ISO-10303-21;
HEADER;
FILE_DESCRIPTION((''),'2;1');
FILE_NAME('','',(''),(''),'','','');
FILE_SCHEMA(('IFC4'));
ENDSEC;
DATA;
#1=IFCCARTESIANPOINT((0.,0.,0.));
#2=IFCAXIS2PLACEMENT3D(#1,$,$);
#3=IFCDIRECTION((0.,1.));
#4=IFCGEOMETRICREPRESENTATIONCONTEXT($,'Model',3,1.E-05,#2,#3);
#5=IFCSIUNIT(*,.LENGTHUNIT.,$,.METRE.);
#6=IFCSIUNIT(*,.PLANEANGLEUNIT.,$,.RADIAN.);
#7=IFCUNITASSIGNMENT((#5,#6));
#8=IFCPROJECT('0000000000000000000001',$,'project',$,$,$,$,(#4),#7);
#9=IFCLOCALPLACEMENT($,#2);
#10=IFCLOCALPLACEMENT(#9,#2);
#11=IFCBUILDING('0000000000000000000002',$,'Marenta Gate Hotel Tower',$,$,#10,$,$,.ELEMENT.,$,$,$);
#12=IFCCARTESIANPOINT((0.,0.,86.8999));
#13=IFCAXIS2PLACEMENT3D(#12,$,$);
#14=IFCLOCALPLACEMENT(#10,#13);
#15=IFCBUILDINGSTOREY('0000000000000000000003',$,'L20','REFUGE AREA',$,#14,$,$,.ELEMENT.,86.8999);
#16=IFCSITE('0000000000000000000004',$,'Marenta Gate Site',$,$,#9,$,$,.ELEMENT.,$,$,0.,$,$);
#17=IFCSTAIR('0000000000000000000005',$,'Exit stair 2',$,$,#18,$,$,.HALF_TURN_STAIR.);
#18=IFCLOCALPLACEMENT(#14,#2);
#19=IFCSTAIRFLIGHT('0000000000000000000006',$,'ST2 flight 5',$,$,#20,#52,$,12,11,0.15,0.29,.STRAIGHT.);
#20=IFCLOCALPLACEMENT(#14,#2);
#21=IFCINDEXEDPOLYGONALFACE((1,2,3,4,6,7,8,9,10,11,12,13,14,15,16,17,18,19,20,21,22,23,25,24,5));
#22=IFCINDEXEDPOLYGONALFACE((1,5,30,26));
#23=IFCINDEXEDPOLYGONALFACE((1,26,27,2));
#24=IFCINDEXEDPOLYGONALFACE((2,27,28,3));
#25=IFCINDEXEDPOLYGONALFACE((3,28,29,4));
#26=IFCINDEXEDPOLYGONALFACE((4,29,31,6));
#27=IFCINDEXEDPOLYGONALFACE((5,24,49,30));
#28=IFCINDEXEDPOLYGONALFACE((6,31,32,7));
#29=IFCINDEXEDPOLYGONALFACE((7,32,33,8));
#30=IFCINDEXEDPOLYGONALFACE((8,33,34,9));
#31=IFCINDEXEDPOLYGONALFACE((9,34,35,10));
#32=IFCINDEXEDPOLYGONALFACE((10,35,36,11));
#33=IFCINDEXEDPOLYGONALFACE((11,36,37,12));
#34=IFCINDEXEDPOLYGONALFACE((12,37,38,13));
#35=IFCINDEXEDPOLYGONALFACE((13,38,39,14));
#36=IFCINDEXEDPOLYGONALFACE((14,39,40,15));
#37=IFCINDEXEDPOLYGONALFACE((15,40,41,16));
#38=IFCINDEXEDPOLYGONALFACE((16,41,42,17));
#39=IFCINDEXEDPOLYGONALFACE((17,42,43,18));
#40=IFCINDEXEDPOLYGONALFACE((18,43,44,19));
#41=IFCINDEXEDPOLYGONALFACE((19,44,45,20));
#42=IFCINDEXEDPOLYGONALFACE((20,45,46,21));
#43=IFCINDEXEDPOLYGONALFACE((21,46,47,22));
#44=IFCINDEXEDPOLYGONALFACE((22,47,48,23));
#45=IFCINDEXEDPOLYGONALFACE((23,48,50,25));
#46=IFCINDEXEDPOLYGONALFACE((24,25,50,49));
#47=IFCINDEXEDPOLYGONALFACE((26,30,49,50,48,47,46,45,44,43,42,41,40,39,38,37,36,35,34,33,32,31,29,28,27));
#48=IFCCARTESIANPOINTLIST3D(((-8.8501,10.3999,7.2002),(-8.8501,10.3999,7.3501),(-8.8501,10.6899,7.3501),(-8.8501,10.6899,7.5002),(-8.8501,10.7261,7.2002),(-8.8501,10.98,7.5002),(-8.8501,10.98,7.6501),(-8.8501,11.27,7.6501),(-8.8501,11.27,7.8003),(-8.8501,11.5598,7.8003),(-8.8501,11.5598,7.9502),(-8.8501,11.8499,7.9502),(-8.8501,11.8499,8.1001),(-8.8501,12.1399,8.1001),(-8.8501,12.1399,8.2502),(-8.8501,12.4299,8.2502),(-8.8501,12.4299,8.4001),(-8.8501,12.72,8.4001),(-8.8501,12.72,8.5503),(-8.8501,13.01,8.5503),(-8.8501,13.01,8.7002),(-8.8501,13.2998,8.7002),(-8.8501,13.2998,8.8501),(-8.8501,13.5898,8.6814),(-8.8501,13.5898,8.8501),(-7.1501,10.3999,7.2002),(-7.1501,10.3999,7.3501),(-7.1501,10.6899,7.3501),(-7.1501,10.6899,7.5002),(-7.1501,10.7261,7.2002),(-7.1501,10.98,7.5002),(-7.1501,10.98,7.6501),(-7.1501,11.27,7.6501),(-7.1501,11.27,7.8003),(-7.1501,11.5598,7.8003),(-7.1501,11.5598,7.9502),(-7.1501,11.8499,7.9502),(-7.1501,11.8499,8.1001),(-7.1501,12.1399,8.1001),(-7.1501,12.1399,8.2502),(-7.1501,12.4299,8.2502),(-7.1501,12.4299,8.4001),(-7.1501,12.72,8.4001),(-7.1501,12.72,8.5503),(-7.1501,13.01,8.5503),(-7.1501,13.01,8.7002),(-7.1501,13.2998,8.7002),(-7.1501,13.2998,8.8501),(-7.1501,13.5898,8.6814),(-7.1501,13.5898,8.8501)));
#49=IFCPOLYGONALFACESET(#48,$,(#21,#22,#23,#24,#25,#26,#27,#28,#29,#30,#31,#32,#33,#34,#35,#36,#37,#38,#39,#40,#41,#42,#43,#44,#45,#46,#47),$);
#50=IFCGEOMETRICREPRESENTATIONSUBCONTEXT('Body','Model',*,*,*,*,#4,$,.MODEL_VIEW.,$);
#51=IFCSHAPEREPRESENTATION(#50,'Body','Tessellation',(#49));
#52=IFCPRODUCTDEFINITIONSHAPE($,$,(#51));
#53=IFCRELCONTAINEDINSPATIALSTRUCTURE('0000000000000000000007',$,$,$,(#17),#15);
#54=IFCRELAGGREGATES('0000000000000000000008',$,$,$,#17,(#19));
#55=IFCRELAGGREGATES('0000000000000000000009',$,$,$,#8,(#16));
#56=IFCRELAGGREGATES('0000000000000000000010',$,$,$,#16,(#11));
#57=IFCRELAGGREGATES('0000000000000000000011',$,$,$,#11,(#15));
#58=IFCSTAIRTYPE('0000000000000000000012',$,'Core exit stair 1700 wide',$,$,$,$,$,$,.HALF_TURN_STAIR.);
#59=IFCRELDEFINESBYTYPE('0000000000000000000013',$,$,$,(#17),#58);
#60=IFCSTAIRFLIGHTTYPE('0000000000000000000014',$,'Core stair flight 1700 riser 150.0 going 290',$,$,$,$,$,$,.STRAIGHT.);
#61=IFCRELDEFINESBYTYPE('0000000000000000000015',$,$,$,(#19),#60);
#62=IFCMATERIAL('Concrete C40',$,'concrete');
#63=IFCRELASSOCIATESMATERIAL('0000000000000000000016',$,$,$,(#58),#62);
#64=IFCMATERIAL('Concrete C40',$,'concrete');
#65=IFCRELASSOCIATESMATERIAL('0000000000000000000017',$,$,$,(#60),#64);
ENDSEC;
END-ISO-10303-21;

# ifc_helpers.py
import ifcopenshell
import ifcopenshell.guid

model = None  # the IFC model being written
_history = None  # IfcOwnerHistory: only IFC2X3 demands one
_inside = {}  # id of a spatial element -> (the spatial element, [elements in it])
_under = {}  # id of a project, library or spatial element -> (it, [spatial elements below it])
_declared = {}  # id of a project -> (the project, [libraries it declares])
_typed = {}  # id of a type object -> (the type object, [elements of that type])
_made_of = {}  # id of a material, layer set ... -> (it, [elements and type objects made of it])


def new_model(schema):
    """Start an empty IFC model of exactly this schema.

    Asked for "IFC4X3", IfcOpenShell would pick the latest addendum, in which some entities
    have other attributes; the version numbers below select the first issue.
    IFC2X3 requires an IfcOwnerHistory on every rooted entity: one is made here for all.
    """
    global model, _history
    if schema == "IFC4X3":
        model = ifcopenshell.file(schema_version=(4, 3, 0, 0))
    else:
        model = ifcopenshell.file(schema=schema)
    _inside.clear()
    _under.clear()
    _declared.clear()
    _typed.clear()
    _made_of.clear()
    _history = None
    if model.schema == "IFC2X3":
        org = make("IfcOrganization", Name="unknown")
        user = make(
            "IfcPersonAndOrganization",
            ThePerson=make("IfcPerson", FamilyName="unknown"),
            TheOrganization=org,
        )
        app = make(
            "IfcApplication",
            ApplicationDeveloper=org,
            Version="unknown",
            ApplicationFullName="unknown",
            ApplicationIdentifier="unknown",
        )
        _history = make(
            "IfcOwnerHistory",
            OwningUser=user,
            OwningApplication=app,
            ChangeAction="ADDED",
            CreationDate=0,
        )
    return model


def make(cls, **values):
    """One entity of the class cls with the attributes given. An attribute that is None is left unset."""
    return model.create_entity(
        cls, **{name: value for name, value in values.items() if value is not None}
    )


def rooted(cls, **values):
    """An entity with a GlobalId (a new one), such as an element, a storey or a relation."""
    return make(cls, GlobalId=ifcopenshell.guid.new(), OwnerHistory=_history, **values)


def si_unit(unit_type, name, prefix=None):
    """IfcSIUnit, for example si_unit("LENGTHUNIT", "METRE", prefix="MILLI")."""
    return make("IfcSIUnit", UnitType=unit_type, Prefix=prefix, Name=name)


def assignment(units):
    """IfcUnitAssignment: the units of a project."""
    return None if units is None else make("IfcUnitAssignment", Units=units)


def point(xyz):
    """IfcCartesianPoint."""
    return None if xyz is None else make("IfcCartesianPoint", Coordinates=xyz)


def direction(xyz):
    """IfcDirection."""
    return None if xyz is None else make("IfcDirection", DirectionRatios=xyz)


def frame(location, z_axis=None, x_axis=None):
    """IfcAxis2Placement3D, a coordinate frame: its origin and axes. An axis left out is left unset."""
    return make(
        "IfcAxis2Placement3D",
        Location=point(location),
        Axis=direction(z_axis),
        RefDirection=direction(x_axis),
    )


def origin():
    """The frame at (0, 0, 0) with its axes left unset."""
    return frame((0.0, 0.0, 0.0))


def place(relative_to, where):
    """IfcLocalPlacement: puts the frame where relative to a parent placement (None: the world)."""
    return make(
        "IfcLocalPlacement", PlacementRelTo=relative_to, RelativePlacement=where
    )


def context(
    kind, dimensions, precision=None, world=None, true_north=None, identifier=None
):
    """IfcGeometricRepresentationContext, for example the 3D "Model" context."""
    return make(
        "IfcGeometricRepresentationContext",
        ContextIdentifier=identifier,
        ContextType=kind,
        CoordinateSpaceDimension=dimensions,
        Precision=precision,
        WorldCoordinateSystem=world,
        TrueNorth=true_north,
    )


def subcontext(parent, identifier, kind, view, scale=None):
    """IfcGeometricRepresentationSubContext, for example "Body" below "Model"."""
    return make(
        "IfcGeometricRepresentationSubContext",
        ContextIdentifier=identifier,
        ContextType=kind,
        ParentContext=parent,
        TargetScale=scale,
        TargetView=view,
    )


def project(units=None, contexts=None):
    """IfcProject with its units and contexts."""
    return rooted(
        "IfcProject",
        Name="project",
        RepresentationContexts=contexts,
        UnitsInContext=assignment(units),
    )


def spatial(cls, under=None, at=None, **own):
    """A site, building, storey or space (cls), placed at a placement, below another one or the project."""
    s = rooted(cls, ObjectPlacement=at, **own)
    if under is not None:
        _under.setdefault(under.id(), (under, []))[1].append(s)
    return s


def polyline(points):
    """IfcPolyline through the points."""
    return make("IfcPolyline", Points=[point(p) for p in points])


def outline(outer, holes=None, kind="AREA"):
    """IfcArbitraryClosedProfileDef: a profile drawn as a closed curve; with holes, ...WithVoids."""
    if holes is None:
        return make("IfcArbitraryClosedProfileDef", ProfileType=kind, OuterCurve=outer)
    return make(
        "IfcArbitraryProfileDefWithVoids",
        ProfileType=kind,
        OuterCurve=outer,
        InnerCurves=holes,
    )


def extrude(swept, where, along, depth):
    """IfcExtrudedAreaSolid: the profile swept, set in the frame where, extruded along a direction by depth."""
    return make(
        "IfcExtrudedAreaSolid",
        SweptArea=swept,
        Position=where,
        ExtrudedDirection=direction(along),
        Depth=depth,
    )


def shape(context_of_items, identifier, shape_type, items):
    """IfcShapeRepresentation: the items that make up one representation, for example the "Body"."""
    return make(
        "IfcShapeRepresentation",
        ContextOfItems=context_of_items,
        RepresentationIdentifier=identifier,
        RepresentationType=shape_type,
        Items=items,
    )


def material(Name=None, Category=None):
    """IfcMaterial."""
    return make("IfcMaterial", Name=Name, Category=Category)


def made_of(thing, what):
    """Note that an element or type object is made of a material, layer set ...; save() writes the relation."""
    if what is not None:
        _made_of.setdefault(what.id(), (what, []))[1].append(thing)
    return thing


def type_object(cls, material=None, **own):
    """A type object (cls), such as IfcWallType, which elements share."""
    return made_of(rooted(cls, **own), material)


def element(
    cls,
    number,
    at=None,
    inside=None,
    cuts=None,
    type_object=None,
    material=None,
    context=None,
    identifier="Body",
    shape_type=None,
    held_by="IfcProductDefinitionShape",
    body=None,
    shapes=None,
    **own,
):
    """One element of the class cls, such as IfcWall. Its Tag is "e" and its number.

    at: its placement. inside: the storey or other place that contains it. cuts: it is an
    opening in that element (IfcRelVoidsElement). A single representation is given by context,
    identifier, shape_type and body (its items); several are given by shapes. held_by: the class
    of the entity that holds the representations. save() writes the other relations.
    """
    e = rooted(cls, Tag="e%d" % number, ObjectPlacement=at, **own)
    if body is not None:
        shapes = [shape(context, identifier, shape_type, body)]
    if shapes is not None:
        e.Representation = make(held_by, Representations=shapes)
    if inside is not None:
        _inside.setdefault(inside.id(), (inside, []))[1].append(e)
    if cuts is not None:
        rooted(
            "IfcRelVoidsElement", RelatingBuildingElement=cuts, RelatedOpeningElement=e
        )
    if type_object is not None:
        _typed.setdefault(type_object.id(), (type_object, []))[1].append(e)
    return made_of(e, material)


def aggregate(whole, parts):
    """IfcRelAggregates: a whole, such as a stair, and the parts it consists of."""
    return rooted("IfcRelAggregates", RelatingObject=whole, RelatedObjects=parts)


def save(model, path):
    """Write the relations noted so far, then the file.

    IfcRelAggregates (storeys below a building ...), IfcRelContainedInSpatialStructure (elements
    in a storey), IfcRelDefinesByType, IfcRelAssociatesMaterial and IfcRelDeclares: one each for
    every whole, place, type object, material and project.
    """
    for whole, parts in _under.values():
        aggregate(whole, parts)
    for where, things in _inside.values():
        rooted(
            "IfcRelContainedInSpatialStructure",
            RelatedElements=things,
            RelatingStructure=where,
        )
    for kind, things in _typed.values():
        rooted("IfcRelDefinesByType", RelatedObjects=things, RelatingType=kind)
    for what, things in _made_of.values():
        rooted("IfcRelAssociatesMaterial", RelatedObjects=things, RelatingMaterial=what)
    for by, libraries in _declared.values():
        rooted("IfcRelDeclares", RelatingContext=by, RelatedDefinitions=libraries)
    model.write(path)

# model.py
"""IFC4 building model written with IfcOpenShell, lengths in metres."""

from ifc_helpers import new_model, si_unit, direction, frame, origin, place, context, subcontext, project, spatial, polyline, outline, extrude, material, type_object, element, aggregate, save


model = new_model("IFC4")

# Units and contexts
model_context = context("Model", 3, precision=1e-05, world=origin(), true_north=direction((0.0, 1.0)))
body_context = subcontext(model_context, "Body", "Model", "MODEL_VIEW")
ifc_project = project(units=[si_unit("LENGTHUNIT", "METRE"), si_unit("PLANEANGLEUNIT", "RADIAN")], contexts=[model_context])

# Site, building, storey
site_placement = place(None, origin())
site = spatial("IfcSite", under=ifc_project, at=site_placement, Name="Marenta Gate Site", CompositionType="ELEMENT", RefElevation=0.0)
building_placement = place(site_placement, origin())
building = spatial("IfcBuilding", under=site, at=building_placement, Name="Marenta Gate Hotel Tower", CompositionType="ELEMENT")
storey_placement = place(building_placement, frame((0.0, 0.0, 86.8999)))
storey = spatial("IfcBuildingStorey", under=building, at=storey_placement, Name="L20", Description="REFUGE AREA", CompositionType="ELEMENT", Elevation=86.8999)

# Stair, stair flight
ifc_material_1 = material(Name="Concrete C40", Category="concrete")
stair_type = type_object("IfcStairType", Name="Core exit stair 1700 wide", PredefinedType="HALF_TURN_STAIR", material=ifc_material_1)
stair_placement = place(storey_placement, origin())
stair = element("IfcStair", 1, at=stair_placement, inside=storey, type_object=stair_type, Name="Exit stair 2", PredefinedType="HALF_TURN_STAIR")
ifc_material_2 = material(Name="Concrete C40", Category="concrete")
stair_flight_type = type_object("IfcStairFlightType", Name="Core stair flight 1700 riser 150.0 going 290", PredefinedType="STRAIGHT", material=ifc_material_2)
stair_flight_1_placement = place(storey_placement, frame((-8.0, 10.3999, 7.2002), z_axis=(0.0, 0.0, 1.0), x_axis=(0.0, 1.0, 0.0)))
stair_flight_1 = element("IfcStairFlight", 2, at=stair_flight_1_placement, type_object=stair_flight_type, Name="ST2 flight 5", NumberOfRisers=12, NumberOfTreads=11, PredefinedType="STRAIGHT", RiserHeight=0.15, TreadLength=0.29, context=body_context, shape_type="SweptSolid", body=[
    extrude(outline(polyline([(0.0, 0.0), (0.0, 0.1499), (0.29, 0.1499), (0.29, 0.3), (0.5801, 0.3), (0.5801, 0.45), (0.8701, 0.45), (0.8701, 0.6001), (1.1599, 0.6001), (1.1599, 0.75), (1.45, 0.75), (1.45, 0.8999), (1.74, 0.8999), (1.74, 1.05), (2.03, 1.05), (2.03, 1.2), (2.3201, 1.2), (2.3201, 1.3501), (2.6101, 1.3501), (2.6101, 1.5), (2.8999, 1.5), (2.8999, 1.6499), (3.1899, 1.6499), (3.1899, 1.8), (3.1899, 1.4812), (0.3262, 0.0), (0.0, 0.0)])), frame((0.0, 0.8501, 0.0), z_axis=(0.0, -1.0, 0.0), x_axis=(1.0, 0.0, 0.0)), (0.0, 0.0, 1.0), 1.7),
])
aggregate(stair, [stair_flight_1])

save(model, "model.ifc")
